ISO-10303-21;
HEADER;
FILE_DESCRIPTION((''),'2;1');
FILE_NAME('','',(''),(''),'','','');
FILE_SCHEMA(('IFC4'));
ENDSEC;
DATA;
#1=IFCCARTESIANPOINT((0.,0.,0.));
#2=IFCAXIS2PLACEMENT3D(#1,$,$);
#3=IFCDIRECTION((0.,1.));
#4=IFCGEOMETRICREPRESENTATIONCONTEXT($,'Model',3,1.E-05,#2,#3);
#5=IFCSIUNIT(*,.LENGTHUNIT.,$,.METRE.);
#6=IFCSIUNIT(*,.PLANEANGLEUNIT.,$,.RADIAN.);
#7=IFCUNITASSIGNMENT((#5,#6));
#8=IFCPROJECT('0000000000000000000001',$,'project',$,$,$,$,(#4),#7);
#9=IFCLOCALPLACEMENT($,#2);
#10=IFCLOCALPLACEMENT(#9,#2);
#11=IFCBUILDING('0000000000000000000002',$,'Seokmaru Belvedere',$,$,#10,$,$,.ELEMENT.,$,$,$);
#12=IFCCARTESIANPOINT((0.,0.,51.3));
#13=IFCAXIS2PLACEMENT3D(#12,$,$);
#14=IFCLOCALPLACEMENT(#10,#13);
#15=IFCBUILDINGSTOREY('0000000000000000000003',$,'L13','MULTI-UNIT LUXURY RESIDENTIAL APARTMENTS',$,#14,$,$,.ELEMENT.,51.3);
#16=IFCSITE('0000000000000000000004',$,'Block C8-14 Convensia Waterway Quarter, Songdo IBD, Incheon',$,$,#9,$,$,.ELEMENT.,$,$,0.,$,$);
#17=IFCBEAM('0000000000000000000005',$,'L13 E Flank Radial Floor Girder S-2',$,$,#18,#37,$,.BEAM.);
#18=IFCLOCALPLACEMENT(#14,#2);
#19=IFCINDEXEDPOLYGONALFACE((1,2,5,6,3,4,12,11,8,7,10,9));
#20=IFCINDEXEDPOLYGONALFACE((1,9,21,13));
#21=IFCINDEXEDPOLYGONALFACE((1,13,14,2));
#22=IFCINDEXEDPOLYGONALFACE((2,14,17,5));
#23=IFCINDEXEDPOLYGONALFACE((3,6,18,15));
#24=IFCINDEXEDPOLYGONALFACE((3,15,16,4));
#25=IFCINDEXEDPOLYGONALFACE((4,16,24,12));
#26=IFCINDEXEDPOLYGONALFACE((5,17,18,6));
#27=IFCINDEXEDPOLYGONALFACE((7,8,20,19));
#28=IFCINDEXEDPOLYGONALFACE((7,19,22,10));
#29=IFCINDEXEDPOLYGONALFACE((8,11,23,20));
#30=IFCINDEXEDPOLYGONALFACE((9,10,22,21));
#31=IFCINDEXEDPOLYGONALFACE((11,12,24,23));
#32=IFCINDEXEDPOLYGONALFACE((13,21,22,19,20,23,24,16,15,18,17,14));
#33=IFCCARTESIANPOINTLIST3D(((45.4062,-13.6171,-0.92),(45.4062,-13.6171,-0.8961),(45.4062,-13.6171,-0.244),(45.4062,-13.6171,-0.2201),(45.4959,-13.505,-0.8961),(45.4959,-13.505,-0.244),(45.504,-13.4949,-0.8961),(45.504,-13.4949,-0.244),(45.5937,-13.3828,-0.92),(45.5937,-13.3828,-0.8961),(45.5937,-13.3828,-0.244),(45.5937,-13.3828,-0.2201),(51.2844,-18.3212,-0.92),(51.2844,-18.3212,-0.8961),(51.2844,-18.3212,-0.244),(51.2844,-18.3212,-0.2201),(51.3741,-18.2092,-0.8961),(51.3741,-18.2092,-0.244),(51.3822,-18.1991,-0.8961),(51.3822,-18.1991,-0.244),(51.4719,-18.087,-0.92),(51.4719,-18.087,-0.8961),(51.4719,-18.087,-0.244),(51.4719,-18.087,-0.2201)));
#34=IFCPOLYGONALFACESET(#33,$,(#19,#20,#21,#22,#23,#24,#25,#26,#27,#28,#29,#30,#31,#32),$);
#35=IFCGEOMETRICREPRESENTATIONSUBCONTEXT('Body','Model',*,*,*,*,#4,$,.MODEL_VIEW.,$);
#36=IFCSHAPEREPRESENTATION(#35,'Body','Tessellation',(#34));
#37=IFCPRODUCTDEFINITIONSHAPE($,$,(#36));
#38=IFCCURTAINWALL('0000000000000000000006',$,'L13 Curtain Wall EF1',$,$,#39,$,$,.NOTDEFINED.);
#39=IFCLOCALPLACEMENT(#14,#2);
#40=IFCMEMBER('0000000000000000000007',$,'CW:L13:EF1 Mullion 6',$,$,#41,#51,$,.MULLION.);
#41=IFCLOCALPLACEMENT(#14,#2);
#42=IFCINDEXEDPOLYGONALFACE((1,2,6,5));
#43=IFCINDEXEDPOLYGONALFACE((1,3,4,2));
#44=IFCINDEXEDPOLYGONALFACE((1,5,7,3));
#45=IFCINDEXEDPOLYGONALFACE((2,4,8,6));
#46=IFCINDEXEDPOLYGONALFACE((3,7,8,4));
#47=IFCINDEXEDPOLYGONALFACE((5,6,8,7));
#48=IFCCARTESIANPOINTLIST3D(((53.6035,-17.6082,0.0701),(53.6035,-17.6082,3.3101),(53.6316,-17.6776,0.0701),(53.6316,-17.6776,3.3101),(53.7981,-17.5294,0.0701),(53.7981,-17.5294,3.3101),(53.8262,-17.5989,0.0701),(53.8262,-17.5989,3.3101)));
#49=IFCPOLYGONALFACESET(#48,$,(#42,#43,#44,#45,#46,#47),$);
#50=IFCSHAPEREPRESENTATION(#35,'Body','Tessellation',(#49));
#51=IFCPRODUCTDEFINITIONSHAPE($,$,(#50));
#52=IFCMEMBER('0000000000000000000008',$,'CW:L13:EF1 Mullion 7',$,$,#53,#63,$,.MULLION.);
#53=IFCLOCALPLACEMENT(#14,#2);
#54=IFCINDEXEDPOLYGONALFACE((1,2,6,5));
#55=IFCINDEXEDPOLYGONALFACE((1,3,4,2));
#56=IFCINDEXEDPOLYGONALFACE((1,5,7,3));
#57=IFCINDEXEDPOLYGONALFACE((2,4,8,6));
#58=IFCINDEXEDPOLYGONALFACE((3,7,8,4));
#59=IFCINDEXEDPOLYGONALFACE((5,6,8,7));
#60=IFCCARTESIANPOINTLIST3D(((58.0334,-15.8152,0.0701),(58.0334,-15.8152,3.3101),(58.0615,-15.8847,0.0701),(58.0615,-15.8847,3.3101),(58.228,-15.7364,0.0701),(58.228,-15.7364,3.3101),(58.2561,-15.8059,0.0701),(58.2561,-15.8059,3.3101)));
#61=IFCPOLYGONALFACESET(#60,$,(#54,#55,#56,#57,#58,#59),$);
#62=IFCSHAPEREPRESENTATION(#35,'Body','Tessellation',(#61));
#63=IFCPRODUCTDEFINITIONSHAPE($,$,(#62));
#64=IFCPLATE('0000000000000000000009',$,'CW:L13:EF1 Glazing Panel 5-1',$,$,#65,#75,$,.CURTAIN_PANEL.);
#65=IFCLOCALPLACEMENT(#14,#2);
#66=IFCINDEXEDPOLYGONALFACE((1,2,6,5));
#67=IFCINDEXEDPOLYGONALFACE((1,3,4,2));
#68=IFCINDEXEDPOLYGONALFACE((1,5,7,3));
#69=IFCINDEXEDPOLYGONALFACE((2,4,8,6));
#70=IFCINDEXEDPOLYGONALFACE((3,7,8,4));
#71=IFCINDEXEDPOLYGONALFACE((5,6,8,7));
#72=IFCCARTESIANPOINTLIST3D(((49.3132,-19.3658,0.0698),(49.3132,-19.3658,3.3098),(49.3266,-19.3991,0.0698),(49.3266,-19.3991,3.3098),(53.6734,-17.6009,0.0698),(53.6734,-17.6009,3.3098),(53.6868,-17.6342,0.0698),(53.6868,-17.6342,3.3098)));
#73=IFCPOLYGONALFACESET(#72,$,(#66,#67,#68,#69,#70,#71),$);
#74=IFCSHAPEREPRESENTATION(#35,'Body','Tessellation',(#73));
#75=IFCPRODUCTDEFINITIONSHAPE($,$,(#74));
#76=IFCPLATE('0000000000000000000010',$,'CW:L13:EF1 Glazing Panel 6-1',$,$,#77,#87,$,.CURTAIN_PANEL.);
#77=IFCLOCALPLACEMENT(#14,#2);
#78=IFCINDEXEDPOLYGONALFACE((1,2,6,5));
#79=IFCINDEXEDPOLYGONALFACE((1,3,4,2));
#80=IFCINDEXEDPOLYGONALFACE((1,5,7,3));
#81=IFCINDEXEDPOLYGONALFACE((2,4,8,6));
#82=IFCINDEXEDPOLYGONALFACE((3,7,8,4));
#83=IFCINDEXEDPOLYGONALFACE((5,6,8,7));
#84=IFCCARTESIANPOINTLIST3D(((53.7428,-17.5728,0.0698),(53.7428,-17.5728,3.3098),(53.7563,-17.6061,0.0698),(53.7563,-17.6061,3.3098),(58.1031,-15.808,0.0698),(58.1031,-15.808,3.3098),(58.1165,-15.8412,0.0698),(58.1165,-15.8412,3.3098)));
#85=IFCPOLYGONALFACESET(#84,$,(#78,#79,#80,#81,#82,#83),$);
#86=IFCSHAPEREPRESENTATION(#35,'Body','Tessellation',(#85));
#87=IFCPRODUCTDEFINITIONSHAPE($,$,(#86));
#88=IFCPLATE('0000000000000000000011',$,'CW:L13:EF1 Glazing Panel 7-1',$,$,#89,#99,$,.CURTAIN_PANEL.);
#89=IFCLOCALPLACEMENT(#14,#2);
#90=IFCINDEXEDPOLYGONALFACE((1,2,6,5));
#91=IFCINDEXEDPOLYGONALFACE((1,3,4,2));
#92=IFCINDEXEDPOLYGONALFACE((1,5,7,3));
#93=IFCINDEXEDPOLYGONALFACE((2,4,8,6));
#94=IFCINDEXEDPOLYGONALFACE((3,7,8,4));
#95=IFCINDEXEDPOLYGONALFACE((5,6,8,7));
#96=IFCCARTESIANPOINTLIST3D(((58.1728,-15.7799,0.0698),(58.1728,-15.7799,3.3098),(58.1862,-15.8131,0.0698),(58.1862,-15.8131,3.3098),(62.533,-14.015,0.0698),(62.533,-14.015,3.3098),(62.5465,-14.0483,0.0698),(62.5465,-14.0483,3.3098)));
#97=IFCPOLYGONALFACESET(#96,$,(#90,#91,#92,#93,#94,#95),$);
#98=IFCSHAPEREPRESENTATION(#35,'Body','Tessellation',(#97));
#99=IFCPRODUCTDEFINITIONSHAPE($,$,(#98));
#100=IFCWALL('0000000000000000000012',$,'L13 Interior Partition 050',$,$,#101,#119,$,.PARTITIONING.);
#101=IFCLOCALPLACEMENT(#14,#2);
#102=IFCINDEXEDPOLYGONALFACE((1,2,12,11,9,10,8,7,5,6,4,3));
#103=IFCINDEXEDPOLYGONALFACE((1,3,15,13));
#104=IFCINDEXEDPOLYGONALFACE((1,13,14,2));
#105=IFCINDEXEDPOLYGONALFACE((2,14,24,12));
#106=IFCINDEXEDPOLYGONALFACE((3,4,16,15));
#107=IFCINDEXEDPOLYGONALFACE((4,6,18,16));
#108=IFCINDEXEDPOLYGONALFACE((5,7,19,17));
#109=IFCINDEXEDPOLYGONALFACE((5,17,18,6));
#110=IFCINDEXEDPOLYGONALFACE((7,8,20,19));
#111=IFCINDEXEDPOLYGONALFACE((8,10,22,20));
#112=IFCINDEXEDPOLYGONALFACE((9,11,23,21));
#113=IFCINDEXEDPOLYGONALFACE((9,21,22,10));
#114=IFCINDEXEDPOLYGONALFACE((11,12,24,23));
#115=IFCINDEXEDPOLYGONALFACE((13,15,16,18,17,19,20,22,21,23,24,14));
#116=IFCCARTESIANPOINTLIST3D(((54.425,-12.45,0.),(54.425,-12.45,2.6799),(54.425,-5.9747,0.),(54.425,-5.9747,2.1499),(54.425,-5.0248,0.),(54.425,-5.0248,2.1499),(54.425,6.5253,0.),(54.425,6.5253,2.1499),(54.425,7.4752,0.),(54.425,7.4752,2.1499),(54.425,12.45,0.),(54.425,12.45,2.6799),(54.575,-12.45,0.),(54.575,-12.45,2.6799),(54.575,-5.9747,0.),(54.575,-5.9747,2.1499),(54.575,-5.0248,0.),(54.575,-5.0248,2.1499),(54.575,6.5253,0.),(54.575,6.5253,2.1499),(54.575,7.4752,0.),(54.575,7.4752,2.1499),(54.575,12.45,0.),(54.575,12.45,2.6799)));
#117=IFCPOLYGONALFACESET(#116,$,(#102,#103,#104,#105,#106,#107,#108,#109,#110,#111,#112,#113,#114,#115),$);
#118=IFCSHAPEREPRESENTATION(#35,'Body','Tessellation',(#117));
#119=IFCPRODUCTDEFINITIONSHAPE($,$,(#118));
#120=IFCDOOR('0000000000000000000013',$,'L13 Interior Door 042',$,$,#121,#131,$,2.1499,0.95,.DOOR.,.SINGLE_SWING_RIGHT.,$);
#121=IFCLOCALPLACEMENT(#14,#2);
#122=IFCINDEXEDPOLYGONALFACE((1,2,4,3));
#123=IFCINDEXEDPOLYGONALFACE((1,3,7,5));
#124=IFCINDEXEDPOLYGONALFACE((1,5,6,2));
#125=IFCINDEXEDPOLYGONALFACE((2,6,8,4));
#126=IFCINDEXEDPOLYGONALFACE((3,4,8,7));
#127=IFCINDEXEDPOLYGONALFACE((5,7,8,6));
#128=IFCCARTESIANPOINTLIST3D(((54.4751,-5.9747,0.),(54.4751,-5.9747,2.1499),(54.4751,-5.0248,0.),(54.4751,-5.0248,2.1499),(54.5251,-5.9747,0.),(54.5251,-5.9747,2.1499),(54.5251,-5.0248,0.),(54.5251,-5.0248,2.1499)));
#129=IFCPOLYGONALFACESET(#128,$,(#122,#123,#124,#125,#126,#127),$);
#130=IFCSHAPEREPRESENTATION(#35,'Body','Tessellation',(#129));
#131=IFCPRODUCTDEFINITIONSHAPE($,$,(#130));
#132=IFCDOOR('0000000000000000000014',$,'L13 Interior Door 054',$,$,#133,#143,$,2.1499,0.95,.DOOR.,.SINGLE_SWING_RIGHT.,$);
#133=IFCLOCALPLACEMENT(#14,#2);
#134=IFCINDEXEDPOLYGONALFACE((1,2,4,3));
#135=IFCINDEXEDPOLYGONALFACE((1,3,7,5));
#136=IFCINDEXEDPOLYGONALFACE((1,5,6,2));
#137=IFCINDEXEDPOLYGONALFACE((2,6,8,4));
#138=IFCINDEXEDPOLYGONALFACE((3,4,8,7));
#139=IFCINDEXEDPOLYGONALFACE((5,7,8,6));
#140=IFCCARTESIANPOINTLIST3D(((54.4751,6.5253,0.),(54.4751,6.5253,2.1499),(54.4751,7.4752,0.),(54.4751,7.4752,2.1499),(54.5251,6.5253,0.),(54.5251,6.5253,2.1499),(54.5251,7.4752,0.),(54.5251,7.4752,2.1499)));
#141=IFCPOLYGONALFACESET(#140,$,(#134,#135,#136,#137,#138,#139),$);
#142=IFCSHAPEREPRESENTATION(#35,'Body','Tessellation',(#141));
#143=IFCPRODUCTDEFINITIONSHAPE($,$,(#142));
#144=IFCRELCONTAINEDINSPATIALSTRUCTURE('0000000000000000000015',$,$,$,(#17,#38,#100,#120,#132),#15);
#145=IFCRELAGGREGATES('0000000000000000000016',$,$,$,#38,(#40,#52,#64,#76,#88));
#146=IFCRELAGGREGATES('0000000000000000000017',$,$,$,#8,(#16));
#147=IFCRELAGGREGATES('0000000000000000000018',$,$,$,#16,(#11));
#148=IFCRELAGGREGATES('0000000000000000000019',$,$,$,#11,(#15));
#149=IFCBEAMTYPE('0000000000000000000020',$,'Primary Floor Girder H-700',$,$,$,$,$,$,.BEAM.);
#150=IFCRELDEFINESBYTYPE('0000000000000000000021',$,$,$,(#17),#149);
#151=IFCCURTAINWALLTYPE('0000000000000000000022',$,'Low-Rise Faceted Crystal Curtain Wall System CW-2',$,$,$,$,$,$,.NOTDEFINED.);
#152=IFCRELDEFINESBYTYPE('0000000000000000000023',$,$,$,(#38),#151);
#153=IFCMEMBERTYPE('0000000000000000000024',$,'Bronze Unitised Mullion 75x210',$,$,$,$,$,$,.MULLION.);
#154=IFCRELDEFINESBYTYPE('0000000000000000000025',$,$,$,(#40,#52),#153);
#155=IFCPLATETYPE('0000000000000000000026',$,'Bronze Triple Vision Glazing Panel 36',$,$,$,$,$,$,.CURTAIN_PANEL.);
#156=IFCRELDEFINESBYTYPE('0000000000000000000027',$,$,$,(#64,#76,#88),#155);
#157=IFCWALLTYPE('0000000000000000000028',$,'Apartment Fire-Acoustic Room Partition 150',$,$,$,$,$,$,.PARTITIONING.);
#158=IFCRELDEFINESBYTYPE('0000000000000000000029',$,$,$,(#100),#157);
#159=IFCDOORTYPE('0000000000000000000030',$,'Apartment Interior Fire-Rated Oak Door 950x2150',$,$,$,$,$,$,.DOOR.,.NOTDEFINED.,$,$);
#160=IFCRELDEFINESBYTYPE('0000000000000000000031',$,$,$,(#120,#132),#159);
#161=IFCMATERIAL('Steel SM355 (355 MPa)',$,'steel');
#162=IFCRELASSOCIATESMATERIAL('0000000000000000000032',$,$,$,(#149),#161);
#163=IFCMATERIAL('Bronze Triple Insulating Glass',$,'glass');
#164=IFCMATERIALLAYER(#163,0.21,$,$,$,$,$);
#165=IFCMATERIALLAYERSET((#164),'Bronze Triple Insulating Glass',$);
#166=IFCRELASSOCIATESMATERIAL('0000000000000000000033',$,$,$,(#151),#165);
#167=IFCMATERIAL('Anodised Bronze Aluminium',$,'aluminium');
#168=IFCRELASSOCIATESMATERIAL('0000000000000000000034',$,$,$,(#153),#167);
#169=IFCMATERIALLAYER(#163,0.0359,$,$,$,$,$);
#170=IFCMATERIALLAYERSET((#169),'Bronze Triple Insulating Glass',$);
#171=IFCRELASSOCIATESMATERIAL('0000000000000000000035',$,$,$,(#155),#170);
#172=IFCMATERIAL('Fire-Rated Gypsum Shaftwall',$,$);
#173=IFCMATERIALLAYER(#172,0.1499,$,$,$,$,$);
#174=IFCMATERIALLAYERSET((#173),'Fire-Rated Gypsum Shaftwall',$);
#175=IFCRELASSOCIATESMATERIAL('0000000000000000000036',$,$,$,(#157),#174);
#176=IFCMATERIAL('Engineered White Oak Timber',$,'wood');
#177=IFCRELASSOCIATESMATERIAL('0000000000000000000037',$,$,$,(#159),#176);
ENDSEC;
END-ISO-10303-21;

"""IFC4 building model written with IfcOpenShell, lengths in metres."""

from ifc_helpers import new_model, si_unit, direction, frame, frame_2d, origin, origin_2d, place, context, subcontext, project, spatial, rectangle, i_section, extrude, source, transform, mapped, material, layer, layer_set, material_profile, profile_set, type_object, type_shapes, element, fill, aggregate, save


model = new_model("IFC4")

# Units and contexts
model_context = context("Model", 3, precision=1e-05, world=origin(), true_north=direction((0.0, 1.0)))
body_context = subcontext(model_context, "Body", "Model", "MODEL_VIEW")
ifc_project = project(units=[si_unit("LENGTHUNIT", "METRE"), si_unit("PLANEANGLEUNIT", "RADIAN")], contexts=[model_context])

# Site, building, storey
site_placement = place(None, origin())
site = spatial("IfcSite", under=ifc_project, at=site_placement, Name="Block C8-14 Convensia Waterway Quarter, Songdo IBD, Incheon", CompositionType="ELEMENT", RefElevation=0.0)
building_placement = place(site_placement, origin())
building = spatial("IfcBuilding", under=site, at=building_placement, Name="Seokmaru Belvedere", CompositionType="ELEMENT")
storey_placement = place(building_placement, frame((0.0, 0.0, 51.3)))
storey = spatial("IfcBuildingStorey", under=building, at=storey_placement, Name="L13", Description="MULTI-UNIT LUXURY RESIDENTIAL APARTMENTS", CompositionType="ELEMENT", Elevation=51.3)

# Shared definitions
ifc_material_1 = material(Name="Steel SM355 (355 MPa)", Category="steel")

# Beam
ifc_material_profile_1 = material_profile(ifc_material_1, i_section(OverallWidth=0.3, OverallDepth=0.7, WebThickness=0.0129, FlangeThickness=0.0239, at=origin_2d()), Name="H-700x300x13x24")
ifc_profile_set_1 = profile_set([ifc_material_profile_1], Name="Steel SM355 (355 MPa)")
beam_type_1 = type_object("IfcBeamType", Name="Primary Floor Girder H-700", PredefinedType="BEAM", material=ifc_profile_set_1)
shared_shape_1 = source(origin(), body_context, "Body", "SweptSolid", [
    extrude(i_section(OverallWidth=0.3, OverallDepth=0.7, WebThickness=0.0129, FlangeThickness=0.0239, at=origin_2d()), origin(), (0.0, 0.0, 1.0), 7.5288),
])
beam_1_placement = place(storey_placement, frame((51.3782, -18.2041, -0.5701), z_axis=(-0.780768, 0.624822, 0.0), x_axis=(-0.624822, -0.780768, 0.0)))
element("IfcBeam", 1, at=beam_1_placement, inside=storey, type_object=beam_type_1, Name="L13 E Flank Radial Floor Girder S-2", PredefinedType="BEAM", context=body_context, shape_type="MappedRepresentation", body=[
    mapped(shared_shape_1, transform((0.0, 0.0, 0.0), scale=1.0)),
])

# Curtain wall, members, plates
ifc_material_2 = material(Name="Bronze Triple Insulating Glass", Category="glass")
ifc_layer_1 = layer(ifc_material_2, 0.21)
ifc_layer_set_1 = layer_set([ifc_layer_1], Name="Bronze Triple Insulating Glass")
curtain_wall_type = type_object("IfcCurtainWallType", Name="Low-Rise Faceted Crystal Curtain Wall System CW-2", PredefinedType="NOTDEFINED", material=ifc_layer_set_1)
curtain_wall_placement = place(storey_placement, origin())
curtain_wall = element("IfcCurtainWall", 2, at=curtain_wall_placement, inside=storey, type_object=curtain_wall_type, Name="L13 Curtain Wall EF1", PredefinedType="NOTDEFINED")
ifc_material_3 = material(Name="Anodised Bronze Aluminium", Category="aluminium")
ifc_material_profile_2 = material_profile(ifc_material_3, rectangle(XDim=0.075, YDim=0.21, at=origin_2d()), Name="CW-M-75x210")
ifc_profile_set_2 = profile_set([ifc_material_profile_2], Name="Anodised Bronze Aluminium")
member_type = type_object("IfcMemberType", Name="Bronze Unitised Mullion 75x210", PredefinedType="MULLION", material=ifc_profile_set_2)
shared_shape_2 = source(origin(), body_context, "Body", "SweptSolid", [
    extrude(rectangle(XDim=0.075, YDim=0.21, at=origin_2d()), origin(), (0.0, 0.0, 1.0), 3.24),
])
type_shapes(member_type, [shared_shape_2])
member_1_placement = place(storey_placement, frame((53.7148, -17.6035, 0.0701), z_axis=(0.0, 0.0, 1.0), x_axis=(-0.375192, 0.926947, 0.0)))
member_1 = element("IfcMember", 3, at=member_1_placement, type_object=member_type, Name="CW:L13:EF1 Mullion 6", PredefinedType="MULLION", context=body_context, shape_type="MappedRepresentation", body=[
    mapped(shared_shape_2, transform((0.0, 0.0, 0.0), scale=1.0)),
])
member_2_placement = place(storey_placement, frame((58.1448, -15.8105, 0.0701), z_axis=(0.0, 0.0, 1.0), x_axis=(-0.375192, 0.926947, 0.0)))
member_2 = element("IfcMember", 4, at=member_2_placement, type_object=member_type, Name="CW:L13:EF1 Mullion 7", PredefinedType="MULLION", context=body_context, shape_type="MappedRepresentation", body=[
    mapped(shared_shape_2, transform((0.0, 0.0, 0.0), scale=1.0)),
])
ifc_layer_2 = layer(ifc_material_2, 0.0359)
ifc_layer_set_2 = layer_set([ifc_layer_2], Name="Bronze Triple Insulating Glass")
plate_type = type_object("IfcPlateType", Name="Bronze Triple Vision Glazing Panel 36", PredefinedType="CURTAIN_PANEL", material=ifc_layer_set_2)
shared_shape_3 = source(origin(), body_context, "Body", "SweptSolid", [
    extrude(rectangle(XDim=4.7039, YDim=0.0359, at=origin_2d()), origin(), (0.0, 0.0, 1.0), 3.24),
])
type_shapes(plate_type, [shared_shape_3])
plate_1_placement = place(storey_placement, frame((51.5, -18.5, 0.0698), z_axis=(0.0, 0.0, 1.0), x_axis=(0.926947, 0.375192, 0.0)))
plate_1 = element("IfcPlate", 5, at=plate_1_placement, type_object=plate_type, Name="CW:L13:EF1 Glazing Panel 5-1", PredefinedType="CURTAIN_PANEL", context=body_context, shape_type="MappedRepresentation", body=[
    mapped(shared_shape_3, transform((0.0, 0.0, 0.0), scale=1.0)),
])
plate_2_placement = place(storey_placement, frame((55.9297, -16.707, 0.0698), z_axis=(0.0, 0.0, 1.0), x_axis=(0.926947, 0.375192, 0.0)))
plate_2 = element("IfcPlate", 6, at=plate_2_placement, type_object=plate_type, Name="CW:L13:EF1 Glazing Panel 6-1", PredefinedType="CURTAIN_PANEL", context=body_context, shape_type="MappedRepresentation", body=[
    mapped(shared_shape_3, transform((0.0, 0.0, 0.0), scale=1.0)),
])
plate_3_placement = place(storey_placement, frame((60.3596, -14.9141, 0.0698), z_axis=(0.0, 0.0, 1.0), x_axis=(0.926947, 0.375192, 0.0)))
plate_3 = element("IfcPlate", 7, at=plate_3_placement, type_object=plate_type, Name="CW:L13:EF1 Glazing Panel 7-1", PredefinedType="CURTAIN_PANEL", context=body_context, shape_type="MappedRepresentation", body=[
    mapped(shared_shape_3, transform((0.0, 0.0, 0.0), scale=1.0)),
])
aggregate(curtain_wall, [member_1, member_2, plate_1, plate_2, plate_3])

# Wall, openings, doors
ifc_material_4 = material(Name="Fire-Rated Gypsum Shaftwall")
ifc_layer_3 = layer(ifc_material_4, 0.1499)
ifc_layer_set_3 = layer_set([ifc_layer_3], Name="Fire-Rated Gypsum Shaftwall")
wall_type = type_object("IfcWallType", Name="Apartment Fire-Acoustic Room Partition 150", PredefinedType="PARTITIONING", material=ifc_layer_set_3)
wall_1_placement = place(storey_placement, frame((54.5, -12.45, 0.0), z_axis=(0.0, 0.0, 1.0), x_axis=(0.0, 1.0, 0.0)))
wall_1 = element("IfcWall", 8, at=wall_1_placement, inside=storey, type_object=wall_type, Name="L13 Interior Partition 050", PredefinedType="PARTITIONING", context=body_context, shape_type="SweptSolid", body=[
    extrude(rectangle(XDim=24.8999, YDim=0.1499, at=frame_2d((12.45, 0.0))), origin(), (0.0, 0.0, 1.0), 2.6799),
])
opening_1_placement = place(wall_1_placement, frame((6.4751, 0.0, 0.0)))
opening_1 = element("IfcOpeningElement", 9, at=opening_1_placement, cuts=wall_1, PredefinedType="OPENING", context=body_context, shape_type="SweptSolid", body=[
    extrude(rectangle(XDim=0.95, YDim=2.1499, at=frame_2d((0.4751, 1.075))), frame((0.0, 0.085, 0.0), z_axis=(0.0, -1.0, 0.0), x_axis=(1.0, 0.0, 0.0)), (0.0, 0.0, 1.0), 0.1699),
])
opening_2_placement = place(wall_1_placement, frame((18.9751, 0.0, 0.0)))
opening_2 = element("IfcOpeningElement", 10, at=opening_2_placement, cuts=wall_1, PredefinedType="OPENING", context=body_context, shape_type="SweptSolid", body=[
    extrude(rectangle(XDim=0.95, YDim=2.1499, at=frame_2d((0.4751, 1.075))), frame((0.0, 0.085, 0.0), z_axis=(0.0, -1.0, 0.0), x_axis=(1.0, 0.0, 0.0)), (0.0, 0.0, 1.0), 0.1699),
])
ifc_material_5 = material(Name="Engineered White Oak Timber", Category="wood")
door_type = type_object("IfcDoorType", Name="Apartment Interior Fire-Rated Oak Door 950x2150", OperationType="NOTDEFINED", PredefinedType="DOOR", material=ifc_material_5)
shared_shape_4 = source(origin(), body_context, "Body", "SweptSolid", [
    extrude(rectangle(XDim=0.95, YDim=2.1499, at=frame_2d((0.4751, 1.075))), frame((0.0, 0.0249, 0.0), z_axis=(0.0, -1.0, 0.0), x_axis=(1.0, 0.0, 0.0)), (0.0, 0.0, 1.0), 0.05),
])
type_shapes(door_type, [shared_shape_4])
door_1_placement = place(opening_1_placement, origin())
door_1 = element("IfcDoor", 11, at=door_1_placement, inside=storey, type_object=door_type, Name="L13 Interior Door 042", OperationType="SINGLE_SWING_RIGHT", OverallHeight=2.1499, OverallWidth=0.95, PredefinedType="DOOR", context=body_context, shape_type="MappedRepresentation", body=[
    mapped(shared_shape_4, transform((0.0, 0.0, 0.0), scale=1.0)),
])
fill(opening_1, door_1)
door_2_placement = place(opening_2_placement, origin())
door_2 = element("IfcDoor", 12, at=door_2_placement, inside=storey, type_object=door_type, Name="L13 Interior Door 054", OperationType="SINGLE_SWING_RIGHT", OverallHeight=2.1499, OverallWidth=0.95, PredefinedType="DOOR", context=body_context, shape_type="MappedRepresentation", body=[
    mapped(shared_shape_4, transform((0.0, 0.0, 0.0), scale=1.0)),
])
fill(opening_2, door_2)

save(model, "model.ifc")
